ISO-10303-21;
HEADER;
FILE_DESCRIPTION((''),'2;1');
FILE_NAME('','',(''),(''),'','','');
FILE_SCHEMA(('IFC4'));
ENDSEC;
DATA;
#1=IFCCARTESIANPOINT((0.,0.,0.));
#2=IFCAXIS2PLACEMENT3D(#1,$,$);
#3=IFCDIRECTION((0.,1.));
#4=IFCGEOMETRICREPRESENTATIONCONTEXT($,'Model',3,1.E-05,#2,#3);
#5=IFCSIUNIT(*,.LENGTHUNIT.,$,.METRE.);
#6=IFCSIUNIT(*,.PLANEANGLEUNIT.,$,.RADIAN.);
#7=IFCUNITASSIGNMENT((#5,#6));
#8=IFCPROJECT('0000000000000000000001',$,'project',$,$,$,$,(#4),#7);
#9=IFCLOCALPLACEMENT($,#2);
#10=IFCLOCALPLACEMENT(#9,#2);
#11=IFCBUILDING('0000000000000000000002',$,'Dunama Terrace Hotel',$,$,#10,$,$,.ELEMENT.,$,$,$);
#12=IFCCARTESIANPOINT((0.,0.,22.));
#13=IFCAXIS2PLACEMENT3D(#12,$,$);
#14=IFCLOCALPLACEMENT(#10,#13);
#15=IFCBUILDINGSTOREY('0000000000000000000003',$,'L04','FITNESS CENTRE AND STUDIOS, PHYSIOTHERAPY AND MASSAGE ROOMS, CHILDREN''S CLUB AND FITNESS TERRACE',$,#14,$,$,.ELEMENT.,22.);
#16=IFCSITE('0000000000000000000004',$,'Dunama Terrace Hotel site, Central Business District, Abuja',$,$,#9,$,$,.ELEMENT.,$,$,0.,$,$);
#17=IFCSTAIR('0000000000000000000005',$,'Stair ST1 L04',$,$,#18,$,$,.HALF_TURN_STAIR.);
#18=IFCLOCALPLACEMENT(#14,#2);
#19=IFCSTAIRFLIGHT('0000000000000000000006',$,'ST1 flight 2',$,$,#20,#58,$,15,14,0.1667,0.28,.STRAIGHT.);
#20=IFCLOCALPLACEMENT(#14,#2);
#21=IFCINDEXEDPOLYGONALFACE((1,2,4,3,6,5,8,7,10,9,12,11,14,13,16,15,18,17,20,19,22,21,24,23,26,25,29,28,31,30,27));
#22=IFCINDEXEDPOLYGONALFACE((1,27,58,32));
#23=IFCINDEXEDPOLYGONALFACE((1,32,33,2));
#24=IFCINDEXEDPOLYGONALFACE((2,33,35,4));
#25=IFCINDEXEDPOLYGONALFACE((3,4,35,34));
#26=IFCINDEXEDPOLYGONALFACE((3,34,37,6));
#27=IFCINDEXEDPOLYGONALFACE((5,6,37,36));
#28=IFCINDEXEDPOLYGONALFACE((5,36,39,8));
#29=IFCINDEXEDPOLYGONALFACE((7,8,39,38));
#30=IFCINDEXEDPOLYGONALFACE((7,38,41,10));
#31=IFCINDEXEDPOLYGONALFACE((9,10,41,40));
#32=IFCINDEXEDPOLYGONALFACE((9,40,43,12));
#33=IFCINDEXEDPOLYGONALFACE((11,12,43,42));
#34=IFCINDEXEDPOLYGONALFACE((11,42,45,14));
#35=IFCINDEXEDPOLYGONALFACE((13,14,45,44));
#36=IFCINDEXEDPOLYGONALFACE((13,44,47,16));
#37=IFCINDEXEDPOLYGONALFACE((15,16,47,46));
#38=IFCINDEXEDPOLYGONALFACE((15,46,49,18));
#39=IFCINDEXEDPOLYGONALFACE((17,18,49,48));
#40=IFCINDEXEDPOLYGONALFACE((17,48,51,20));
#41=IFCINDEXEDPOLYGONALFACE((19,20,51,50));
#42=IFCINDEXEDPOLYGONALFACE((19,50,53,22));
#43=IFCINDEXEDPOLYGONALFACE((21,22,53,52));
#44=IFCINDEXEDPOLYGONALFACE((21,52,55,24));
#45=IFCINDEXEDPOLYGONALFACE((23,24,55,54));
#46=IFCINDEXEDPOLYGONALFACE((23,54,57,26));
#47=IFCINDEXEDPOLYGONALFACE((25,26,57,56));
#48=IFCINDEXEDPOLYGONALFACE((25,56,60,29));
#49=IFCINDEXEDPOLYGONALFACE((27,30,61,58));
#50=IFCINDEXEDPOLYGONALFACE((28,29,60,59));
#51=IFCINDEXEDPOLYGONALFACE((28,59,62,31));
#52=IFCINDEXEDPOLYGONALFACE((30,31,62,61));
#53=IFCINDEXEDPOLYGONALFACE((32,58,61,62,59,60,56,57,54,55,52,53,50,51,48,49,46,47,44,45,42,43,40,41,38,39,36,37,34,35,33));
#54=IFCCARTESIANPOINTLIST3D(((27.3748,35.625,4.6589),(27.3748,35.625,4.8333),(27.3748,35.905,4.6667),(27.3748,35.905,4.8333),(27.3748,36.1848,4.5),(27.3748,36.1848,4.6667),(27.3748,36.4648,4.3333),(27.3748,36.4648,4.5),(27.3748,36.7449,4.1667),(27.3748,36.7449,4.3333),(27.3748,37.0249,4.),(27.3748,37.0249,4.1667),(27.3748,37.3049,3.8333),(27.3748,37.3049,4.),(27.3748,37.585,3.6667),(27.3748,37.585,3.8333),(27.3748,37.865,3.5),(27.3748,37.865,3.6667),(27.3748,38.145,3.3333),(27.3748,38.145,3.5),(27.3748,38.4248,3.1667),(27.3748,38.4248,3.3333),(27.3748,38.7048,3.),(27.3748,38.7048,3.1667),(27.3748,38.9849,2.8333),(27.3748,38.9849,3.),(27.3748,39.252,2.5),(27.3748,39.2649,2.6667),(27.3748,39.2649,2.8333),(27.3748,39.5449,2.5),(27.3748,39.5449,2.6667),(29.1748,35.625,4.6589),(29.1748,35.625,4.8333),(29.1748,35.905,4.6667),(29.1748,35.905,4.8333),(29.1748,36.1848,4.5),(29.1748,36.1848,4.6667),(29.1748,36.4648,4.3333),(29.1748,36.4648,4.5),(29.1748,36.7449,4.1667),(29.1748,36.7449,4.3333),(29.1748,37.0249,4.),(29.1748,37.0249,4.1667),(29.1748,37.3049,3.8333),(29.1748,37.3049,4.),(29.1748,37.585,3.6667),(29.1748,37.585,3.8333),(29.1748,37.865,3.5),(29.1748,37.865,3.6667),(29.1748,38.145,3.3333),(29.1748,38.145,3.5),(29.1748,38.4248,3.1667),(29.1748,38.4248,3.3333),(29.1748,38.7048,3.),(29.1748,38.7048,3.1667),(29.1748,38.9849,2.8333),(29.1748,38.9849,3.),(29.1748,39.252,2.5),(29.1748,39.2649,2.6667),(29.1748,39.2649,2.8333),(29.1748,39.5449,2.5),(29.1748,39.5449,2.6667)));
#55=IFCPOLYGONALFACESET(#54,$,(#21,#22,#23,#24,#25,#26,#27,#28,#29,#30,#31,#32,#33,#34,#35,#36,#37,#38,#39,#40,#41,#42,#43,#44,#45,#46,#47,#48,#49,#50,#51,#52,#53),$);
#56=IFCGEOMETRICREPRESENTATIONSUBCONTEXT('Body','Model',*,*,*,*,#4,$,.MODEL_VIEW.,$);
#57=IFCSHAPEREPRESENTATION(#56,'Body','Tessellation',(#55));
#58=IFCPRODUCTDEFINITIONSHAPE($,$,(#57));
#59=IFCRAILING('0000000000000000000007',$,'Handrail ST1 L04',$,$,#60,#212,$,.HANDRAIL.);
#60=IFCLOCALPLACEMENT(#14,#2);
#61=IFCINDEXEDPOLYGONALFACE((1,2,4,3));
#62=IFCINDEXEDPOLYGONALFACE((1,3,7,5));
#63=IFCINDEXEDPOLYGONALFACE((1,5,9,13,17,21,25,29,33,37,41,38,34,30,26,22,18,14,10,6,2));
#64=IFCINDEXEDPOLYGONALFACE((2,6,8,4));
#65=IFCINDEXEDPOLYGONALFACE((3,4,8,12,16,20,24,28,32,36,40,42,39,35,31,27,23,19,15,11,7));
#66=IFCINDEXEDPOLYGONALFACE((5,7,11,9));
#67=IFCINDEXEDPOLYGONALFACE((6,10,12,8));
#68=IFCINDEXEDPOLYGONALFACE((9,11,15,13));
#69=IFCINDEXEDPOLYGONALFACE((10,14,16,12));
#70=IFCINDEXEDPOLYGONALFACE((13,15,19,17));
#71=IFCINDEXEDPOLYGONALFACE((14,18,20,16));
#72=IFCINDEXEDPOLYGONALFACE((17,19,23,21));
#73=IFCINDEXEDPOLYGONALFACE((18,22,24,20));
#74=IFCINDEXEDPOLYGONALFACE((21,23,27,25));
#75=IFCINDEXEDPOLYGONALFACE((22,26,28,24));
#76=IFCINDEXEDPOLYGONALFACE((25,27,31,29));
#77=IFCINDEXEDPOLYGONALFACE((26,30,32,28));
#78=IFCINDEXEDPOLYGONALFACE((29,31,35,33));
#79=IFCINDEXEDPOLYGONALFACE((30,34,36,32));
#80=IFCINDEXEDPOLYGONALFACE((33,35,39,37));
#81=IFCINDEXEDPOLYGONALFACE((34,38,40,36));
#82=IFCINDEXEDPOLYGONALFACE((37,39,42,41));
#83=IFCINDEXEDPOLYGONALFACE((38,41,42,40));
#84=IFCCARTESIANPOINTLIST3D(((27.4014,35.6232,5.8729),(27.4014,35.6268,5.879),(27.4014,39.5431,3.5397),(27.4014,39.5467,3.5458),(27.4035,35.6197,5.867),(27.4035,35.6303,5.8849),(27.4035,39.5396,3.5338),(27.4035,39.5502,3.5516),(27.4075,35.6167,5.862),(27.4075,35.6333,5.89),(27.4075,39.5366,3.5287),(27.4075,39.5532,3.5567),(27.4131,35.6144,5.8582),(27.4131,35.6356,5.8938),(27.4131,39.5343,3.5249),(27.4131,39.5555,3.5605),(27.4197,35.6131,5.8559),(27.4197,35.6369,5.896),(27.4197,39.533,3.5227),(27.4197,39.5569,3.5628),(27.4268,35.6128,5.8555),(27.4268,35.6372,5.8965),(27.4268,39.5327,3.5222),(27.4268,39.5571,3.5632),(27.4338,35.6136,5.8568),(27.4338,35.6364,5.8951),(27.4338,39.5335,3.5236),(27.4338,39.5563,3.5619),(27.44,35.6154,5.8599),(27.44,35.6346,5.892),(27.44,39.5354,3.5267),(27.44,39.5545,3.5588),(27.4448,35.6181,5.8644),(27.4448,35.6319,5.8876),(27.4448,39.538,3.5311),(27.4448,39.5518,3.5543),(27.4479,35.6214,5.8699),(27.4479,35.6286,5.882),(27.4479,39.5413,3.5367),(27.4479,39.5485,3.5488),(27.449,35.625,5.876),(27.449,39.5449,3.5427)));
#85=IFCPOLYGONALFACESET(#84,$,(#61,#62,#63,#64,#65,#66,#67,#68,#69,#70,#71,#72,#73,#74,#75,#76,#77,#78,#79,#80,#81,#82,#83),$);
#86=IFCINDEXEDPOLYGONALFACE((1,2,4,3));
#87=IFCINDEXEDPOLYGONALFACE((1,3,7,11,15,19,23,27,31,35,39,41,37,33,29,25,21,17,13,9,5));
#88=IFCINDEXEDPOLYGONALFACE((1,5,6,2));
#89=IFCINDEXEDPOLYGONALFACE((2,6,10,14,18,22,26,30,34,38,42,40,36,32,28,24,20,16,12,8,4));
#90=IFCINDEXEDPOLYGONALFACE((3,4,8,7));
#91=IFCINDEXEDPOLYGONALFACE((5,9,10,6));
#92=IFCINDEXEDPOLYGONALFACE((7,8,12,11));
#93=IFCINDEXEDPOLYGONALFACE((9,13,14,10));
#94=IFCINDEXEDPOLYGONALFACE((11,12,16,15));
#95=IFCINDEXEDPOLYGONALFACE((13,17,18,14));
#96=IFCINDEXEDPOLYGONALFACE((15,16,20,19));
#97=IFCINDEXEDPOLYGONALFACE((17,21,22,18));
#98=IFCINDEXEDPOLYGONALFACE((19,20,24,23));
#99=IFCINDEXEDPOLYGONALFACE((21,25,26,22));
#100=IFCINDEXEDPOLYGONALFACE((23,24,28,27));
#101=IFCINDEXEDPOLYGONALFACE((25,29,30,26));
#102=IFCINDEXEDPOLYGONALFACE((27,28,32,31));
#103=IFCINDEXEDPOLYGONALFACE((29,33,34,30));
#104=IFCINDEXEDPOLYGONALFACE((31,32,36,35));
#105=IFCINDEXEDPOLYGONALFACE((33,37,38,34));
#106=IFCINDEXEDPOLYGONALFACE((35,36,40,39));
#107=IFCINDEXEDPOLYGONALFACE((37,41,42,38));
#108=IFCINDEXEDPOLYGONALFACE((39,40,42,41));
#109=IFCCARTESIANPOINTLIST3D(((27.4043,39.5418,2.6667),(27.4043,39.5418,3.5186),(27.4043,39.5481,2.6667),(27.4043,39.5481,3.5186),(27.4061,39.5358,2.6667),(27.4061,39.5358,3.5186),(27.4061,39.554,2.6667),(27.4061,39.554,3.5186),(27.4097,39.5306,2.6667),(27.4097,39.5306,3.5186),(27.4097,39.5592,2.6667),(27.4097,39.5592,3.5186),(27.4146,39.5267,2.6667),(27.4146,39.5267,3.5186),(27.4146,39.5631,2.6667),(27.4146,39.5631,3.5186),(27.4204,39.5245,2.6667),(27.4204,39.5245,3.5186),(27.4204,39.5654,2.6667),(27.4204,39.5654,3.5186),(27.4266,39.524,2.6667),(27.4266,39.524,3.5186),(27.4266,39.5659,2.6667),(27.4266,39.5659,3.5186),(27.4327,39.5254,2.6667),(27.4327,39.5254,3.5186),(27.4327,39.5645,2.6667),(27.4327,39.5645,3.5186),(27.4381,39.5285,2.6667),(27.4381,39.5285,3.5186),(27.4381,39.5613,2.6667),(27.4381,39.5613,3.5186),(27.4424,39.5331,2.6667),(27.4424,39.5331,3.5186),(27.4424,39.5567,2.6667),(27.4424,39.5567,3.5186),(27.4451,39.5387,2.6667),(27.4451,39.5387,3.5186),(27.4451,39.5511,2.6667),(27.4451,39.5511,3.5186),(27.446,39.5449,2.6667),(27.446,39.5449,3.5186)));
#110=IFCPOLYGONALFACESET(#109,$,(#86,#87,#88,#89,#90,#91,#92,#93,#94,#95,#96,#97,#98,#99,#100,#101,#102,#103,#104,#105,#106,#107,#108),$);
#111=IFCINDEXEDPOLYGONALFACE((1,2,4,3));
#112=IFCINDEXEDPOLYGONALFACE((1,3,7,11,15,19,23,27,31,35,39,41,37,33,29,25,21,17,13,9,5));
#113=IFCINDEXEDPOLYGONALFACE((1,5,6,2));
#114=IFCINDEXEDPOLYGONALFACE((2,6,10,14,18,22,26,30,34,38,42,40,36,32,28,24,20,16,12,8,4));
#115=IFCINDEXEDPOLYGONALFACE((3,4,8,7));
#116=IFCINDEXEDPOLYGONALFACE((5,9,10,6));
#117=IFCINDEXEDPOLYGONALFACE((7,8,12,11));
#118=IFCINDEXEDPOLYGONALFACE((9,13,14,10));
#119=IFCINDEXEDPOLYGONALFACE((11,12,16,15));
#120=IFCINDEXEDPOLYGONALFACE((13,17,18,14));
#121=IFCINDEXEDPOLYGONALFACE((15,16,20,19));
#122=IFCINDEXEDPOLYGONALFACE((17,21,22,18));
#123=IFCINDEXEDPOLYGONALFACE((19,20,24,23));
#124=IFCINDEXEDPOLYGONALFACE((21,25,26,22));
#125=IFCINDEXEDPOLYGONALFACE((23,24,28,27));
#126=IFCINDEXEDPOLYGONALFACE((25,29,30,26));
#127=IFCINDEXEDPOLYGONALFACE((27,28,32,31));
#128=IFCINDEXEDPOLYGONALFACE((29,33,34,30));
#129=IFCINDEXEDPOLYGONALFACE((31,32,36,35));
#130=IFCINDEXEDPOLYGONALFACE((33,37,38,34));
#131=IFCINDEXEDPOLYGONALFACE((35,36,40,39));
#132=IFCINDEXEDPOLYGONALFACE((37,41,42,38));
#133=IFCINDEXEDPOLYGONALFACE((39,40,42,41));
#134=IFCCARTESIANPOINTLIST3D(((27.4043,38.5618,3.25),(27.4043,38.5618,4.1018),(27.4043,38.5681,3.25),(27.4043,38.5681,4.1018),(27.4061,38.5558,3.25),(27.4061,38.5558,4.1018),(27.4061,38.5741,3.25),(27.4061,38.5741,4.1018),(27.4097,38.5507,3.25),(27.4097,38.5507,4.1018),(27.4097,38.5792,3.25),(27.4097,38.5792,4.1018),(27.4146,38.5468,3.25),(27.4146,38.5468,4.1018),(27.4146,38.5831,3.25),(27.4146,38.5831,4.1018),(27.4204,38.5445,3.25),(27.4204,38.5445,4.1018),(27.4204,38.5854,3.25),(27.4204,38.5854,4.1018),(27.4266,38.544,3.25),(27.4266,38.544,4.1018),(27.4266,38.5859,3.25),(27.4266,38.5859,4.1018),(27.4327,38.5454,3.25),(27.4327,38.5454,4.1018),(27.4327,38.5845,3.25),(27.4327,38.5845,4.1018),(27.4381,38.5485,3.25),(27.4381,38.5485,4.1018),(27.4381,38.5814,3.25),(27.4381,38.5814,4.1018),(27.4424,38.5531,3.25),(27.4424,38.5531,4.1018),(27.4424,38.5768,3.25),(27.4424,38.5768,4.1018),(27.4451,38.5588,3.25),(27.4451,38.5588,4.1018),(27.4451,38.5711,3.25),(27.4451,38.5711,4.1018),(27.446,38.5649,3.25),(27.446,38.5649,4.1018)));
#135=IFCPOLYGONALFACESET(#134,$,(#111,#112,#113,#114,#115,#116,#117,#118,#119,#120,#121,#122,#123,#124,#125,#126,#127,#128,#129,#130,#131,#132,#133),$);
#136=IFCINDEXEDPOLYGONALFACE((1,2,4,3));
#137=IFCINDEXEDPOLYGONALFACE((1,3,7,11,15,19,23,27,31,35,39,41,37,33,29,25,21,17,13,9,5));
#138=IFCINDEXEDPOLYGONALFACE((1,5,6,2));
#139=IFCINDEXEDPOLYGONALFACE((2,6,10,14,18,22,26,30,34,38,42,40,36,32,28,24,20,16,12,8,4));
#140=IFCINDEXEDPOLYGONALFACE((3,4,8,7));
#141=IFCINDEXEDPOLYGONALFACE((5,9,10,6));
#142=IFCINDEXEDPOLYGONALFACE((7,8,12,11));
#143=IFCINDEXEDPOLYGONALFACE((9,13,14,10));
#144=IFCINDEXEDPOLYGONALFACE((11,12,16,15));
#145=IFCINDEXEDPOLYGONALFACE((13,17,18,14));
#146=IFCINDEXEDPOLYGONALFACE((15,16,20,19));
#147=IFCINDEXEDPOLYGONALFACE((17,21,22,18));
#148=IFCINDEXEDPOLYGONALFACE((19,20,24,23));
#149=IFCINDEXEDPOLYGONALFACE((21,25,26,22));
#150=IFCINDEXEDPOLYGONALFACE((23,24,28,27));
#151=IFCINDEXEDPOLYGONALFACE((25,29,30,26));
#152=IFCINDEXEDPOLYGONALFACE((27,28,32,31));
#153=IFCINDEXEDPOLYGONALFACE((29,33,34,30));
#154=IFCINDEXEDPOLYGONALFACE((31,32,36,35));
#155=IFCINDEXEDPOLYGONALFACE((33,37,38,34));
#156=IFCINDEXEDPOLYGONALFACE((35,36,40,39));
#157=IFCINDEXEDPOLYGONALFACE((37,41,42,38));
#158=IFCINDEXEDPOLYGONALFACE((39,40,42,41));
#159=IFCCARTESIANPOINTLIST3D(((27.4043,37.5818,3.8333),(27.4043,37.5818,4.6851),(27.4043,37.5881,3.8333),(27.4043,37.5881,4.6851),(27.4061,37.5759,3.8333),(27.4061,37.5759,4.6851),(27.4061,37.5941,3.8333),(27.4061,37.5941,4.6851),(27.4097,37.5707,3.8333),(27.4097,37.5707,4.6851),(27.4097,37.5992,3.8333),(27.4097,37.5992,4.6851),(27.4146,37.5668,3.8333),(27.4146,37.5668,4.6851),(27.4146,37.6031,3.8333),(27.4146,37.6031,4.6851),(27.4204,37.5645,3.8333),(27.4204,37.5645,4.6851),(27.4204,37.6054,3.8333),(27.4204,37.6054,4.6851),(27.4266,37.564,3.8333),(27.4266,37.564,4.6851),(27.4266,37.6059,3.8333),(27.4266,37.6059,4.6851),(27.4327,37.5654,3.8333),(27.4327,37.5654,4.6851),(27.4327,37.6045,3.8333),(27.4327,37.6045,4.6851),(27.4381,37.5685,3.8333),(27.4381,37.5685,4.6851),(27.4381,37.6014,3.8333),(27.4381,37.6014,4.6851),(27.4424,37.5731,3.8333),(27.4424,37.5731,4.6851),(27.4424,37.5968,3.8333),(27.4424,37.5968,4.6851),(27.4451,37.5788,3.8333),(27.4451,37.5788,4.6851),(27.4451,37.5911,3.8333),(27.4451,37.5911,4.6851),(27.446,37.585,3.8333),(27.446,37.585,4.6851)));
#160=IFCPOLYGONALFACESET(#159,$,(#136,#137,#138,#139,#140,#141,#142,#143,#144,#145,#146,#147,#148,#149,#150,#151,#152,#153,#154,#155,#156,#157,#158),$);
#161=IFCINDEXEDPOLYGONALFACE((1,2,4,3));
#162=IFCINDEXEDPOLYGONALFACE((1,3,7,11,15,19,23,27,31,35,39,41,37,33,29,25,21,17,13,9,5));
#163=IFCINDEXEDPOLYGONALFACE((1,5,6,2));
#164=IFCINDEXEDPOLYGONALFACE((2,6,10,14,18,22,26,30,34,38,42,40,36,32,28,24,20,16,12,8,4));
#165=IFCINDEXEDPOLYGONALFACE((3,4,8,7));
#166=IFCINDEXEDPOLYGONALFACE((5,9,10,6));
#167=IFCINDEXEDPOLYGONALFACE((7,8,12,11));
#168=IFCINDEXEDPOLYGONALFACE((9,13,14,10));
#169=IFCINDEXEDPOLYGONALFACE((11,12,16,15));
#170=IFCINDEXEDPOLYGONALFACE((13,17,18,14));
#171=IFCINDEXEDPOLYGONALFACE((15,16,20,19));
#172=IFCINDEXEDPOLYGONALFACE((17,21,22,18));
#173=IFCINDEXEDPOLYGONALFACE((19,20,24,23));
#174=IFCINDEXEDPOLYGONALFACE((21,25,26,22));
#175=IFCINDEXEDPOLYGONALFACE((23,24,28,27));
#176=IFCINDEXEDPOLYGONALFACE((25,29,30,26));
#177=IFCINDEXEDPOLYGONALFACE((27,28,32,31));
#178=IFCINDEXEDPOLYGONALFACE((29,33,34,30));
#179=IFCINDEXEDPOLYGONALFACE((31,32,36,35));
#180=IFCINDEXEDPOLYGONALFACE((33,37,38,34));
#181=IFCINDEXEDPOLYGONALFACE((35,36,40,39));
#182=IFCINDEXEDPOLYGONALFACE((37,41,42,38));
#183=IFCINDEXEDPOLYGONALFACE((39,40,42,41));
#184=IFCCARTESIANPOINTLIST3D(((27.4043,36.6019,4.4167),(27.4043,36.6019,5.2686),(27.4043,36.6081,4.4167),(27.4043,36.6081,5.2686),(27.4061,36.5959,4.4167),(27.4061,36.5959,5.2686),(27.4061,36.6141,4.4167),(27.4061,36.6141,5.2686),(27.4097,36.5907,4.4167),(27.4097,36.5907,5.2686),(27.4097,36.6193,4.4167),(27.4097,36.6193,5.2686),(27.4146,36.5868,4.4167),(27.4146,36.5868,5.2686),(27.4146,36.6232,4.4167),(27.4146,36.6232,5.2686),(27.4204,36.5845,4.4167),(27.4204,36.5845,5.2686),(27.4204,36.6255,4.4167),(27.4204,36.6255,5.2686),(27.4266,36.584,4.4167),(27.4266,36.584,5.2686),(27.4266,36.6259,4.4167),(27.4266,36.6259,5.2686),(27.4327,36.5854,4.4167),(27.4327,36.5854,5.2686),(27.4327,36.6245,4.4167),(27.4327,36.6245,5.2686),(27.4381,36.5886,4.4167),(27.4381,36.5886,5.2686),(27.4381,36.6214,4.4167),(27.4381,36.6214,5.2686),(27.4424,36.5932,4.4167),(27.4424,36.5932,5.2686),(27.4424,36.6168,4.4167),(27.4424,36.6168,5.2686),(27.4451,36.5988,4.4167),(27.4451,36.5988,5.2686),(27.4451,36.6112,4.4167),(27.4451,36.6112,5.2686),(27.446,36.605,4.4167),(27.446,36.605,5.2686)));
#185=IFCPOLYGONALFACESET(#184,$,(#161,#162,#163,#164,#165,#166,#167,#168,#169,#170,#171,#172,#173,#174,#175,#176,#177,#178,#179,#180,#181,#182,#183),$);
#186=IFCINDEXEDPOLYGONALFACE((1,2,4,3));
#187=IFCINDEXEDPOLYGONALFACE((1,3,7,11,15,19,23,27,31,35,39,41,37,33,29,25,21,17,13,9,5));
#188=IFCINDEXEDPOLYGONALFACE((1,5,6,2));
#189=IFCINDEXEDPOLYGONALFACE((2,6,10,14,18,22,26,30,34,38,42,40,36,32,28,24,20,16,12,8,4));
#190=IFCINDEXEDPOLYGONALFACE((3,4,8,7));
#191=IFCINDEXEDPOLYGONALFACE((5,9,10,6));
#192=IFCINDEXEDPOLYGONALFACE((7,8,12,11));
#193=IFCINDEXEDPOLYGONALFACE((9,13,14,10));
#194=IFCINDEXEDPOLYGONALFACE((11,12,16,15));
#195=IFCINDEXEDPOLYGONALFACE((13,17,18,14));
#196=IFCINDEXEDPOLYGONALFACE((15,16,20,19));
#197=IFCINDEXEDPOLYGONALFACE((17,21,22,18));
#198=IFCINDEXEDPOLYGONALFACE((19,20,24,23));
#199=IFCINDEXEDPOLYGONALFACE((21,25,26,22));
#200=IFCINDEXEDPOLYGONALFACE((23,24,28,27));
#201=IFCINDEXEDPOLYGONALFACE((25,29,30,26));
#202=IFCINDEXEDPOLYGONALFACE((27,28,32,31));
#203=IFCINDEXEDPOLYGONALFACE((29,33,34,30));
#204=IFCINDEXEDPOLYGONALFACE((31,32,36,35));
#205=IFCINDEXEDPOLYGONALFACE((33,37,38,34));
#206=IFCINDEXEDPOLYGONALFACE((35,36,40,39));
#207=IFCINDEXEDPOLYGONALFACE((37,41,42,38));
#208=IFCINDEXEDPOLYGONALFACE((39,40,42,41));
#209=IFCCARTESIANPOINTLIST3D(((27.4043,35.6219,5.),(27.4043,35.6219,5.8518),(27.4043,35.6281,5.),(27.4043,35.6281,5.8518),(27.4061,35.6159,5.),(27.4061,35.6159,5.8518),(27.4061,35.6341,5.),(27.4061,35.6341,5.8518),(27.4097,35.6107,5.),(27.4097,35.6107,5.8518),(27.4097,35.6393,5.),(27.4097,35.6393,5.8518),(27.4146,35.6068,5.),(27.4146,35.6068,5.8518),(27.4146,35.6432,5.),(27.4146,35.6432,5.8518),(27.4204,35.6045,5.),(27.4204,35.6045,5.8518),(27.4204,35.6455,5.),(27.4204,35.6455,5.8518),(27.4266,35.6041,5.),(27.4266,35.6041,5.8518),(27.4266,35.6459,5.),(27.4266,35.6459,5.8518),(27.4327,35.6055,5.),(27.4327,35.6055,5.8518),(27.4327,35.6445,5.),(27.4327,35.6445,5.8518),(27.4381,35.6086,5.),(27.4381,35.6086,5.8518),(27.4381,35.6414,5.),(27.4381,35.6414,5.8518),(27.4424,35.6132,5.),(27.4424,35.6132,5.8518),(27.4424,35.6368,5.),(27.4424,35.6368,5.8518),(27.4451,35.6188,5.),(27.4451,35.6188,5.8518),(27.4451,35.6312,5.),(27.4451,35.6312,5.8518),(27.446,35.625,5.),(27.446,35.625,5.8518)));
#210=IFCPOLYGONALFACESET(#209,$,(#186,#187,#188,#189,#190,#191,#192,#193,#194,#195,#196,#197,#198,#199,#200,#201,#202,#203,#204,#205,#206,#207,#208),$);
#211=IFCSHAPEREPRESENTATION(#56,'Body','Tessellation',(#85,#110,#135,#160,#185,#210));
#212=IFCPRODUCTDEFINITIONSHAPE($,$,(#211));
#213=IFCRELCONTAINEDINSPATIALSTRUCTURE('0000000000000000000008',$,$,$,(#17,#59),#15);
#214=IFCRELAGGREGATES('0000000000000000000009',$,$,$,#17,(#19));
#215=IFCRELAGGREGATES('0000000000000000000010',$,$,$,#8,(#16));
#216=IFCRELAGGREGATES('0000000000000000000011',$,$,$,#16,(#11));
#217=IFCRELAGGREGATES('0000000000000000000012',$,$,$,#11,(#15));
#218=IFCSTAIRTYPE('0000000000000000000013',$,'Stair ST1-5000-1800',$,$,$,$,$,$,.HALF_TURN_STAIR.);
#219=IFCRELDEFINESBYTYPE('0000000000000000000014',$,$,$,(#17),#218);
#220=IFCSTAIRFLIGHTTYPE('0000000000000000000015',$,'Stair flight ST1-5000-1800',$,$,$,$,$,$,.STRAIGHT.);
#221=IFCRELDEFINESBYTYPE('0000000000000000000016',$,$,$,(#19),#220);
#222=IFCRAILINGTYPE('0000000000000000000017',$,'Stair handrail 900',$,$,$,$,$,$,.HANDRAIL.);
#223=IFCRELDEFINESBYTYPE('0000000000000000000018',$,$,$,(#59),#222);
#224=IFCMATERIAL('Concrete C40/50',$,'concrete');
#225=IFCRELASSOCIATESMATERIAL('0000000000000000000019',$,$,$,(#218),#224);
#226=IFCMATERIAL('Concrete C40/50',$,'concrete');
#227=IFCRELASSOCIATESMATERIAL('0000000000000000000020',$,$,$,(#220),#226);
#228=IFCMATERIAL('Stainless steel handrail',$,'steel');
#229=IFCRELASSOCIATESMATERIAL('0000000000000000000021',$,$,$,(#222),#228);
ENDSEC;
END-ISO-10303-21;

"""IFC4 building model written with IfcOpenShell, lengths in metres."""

from ifc_helpers import new_model, si_unit, direction, frame, origin, origin_2d, place, context, subcontext, project, spatial, polyline, circle, outline, extrude, material, type_object, element, aggregate, save


model = new_model("IFC4")

# Units and contexts
model_context = context("Model", 3, precision=1e-05, world=origin(), true_north=direction((0.0, 1.0)))
body_context = subcontext(model_context, "Body", "Model", "MODEL_VIEW")
ifc_project = project(units=[si_unit("LENGTHUNIT", "METRE"), si_unit("PLANEANGLEUNIT", "RADIAN")], contexts=[model_context])

# Site, building, storey
site_placement = place(None, origin())
site = spatial("IfcSite", under=ifc_project, at=site_placement, Name="Dunama Terrace Hotel site, Central Business District, Abuja", CompositionType="ELEMENT", RefElevation=0.0)
building_placement = place(site_placement, origin())
building = spatial("IfcBuilding", under=site, at=building_placement, Name="Dunama Terrace Hotel", CompositionType="ELEMENT")
storey_placement = place(building_placement, frame((0.0, 0.0, 22.0)))
storey = spatial("IfcBuildingStorey", under=building, at=storey_placement, Name="L04", Description="FITNESS CENTRE AND STUDIOS, PHYSIOTHERAPY AND MASSAGE ROOMS, CHILDREN'S CLUB AND FITNESS TERRACE", CompositionType="ELEMENT", Elevation=22.0)

# Stair, stair flight
ifc_material_1 = material(Name="Concrete C40/50", Category="concrete")
stair_type = type_object("IfcStairType", Name="Stair ST1-5000-1800", PredefinedType="HALF_TURN_STAIR", material=ifc_material_1)
stair_placement = place(storey_placement, origin())
stair = element("IfcStair", 1, at=stair_placement, inside=storey, type_object=stair_type, Name="Stair ST1 L04", PredefinedType="HALF_TURN_STAIR")
ifc_material_2 = material(Name="Concrete C40/50", Category="concrete")
stair_flight_type = type_object("IfcStairFlightType", Name="Stair flight ST1-5000-1800", PredefinedType="STRAIGHT", material=ifc_material_2)
stair_flight_placement = place(storey_placement, frame((28.2749, 39.5449, 2.5), z_axis=(0.0, 0.0, 1.0), x_axis=(0.0, -1.0, 0.0)))
stair_flight = element("IfcStairFlight", 2, at=stair_flight_placement, type_object=stair_flight_type, Name="ST1 flight 2", NumberOfRisers=15, NumberOfTreads=14, PredefinedType="STRAIGHT", RiserHeight=0.1667, TreadLength=0.28, context=body_context, shape_type="SweptSolid", body=[
    extrude(outline(polyline([(0.0, 0.0), (0.0, 0.1667), (0.28, 0.1667), (0.28, 0.3333), (0.5601, 0.3333), (0.5601, 0.5), (0.8401, 0.5), (0.8401, 0.6667), (1.1201, 0.6667), (1.1201, 0.8333), (1.3999, 0.8333), (1.3999, 1.0), (1.6799, 1.0), (1.6799, 1.1667), (1.96, 1.1667), (1.96, 1.3333), (2.24, 1.3333), (2.24, 1.5), (2.52, 1.5), (2.52, 1.6667), (2.8, 1.6667), (2.8, 1.8333), (3.0801, 1.8333), (3.0801, 2.0), (3.3601, 2.0), (3.3601, 2.1667), (3.6399, 2.1667), (3.6399, 2.3333), (3.9199, 2.3333), (3.9199, 2.5), (3.9199, 2.1589), (0.293, 0.0), (0.0, 0.0)])), frame((0.0, 0.8999, 0.0), z_axis=(0.0, -1.0, 0.0), x_axis=(1.0, 0.0, 0.0)), (0.0, 0.0, 1.0), 1.8),
])
aggregate(stair, [stair_flight])

# Railing
ifc_material_3 = material(Name="Stainless steel handrail", Category="steel")
railing_type = type_object("IfcRailingType", Name="Stair handrail 900", PredefinedType="HANDRAIL", material=ifc_material_3)
railing_placement = place(storey_placement, frame((27.425, 39.5449, 2.6667)))
element("IfcRailing", 3, at=railing_placement, inside=storey, type_object=railing_type, Name="Handrail ST1 L04", PredefinedType="HANDRAIL", context=body_context, shape_type="SweptSolid", body=[
    extrude(circle(Radius=0.0239, at=origin_2d()), frame((0.0, 0.0, 0.876), z_axis=(0.0, -0.859296, 0.511478), x_axis=(1.0, 0.0, 0.0)), (0.0, 0.0, 1.0), 4.5618),
    extrude(circle(Radius=0.021, at=origin_2d()), origin(), (0.0, 0.0, 1.0), 0.8518),
    extrude(circle(Radius=0.021, at=origin_2d()), frame((0.0, -0.98, 0.5833)), (0.0, 0.0, 1.0), 0.8518),
    extrude(circle(Radius=0.021, at=origin_2d()), frame((0.0, -1.96, 1.1665)), (0.0, 0.0, 1.0), 0.8518),
    extrude(circle(Radius=0.021, at=origin_2d()), frame((0.0, -2.9399, 1.75)), (0.0, 0.0, 1.0), 0.8518),
    extrude(circle(Radius=0.021, at=origin_2d()), frame((0.0, -3.9199, 2.3333)), (0.0, 0.0, 1.0), 0.8518),
])

save(model, "model.ifc")
